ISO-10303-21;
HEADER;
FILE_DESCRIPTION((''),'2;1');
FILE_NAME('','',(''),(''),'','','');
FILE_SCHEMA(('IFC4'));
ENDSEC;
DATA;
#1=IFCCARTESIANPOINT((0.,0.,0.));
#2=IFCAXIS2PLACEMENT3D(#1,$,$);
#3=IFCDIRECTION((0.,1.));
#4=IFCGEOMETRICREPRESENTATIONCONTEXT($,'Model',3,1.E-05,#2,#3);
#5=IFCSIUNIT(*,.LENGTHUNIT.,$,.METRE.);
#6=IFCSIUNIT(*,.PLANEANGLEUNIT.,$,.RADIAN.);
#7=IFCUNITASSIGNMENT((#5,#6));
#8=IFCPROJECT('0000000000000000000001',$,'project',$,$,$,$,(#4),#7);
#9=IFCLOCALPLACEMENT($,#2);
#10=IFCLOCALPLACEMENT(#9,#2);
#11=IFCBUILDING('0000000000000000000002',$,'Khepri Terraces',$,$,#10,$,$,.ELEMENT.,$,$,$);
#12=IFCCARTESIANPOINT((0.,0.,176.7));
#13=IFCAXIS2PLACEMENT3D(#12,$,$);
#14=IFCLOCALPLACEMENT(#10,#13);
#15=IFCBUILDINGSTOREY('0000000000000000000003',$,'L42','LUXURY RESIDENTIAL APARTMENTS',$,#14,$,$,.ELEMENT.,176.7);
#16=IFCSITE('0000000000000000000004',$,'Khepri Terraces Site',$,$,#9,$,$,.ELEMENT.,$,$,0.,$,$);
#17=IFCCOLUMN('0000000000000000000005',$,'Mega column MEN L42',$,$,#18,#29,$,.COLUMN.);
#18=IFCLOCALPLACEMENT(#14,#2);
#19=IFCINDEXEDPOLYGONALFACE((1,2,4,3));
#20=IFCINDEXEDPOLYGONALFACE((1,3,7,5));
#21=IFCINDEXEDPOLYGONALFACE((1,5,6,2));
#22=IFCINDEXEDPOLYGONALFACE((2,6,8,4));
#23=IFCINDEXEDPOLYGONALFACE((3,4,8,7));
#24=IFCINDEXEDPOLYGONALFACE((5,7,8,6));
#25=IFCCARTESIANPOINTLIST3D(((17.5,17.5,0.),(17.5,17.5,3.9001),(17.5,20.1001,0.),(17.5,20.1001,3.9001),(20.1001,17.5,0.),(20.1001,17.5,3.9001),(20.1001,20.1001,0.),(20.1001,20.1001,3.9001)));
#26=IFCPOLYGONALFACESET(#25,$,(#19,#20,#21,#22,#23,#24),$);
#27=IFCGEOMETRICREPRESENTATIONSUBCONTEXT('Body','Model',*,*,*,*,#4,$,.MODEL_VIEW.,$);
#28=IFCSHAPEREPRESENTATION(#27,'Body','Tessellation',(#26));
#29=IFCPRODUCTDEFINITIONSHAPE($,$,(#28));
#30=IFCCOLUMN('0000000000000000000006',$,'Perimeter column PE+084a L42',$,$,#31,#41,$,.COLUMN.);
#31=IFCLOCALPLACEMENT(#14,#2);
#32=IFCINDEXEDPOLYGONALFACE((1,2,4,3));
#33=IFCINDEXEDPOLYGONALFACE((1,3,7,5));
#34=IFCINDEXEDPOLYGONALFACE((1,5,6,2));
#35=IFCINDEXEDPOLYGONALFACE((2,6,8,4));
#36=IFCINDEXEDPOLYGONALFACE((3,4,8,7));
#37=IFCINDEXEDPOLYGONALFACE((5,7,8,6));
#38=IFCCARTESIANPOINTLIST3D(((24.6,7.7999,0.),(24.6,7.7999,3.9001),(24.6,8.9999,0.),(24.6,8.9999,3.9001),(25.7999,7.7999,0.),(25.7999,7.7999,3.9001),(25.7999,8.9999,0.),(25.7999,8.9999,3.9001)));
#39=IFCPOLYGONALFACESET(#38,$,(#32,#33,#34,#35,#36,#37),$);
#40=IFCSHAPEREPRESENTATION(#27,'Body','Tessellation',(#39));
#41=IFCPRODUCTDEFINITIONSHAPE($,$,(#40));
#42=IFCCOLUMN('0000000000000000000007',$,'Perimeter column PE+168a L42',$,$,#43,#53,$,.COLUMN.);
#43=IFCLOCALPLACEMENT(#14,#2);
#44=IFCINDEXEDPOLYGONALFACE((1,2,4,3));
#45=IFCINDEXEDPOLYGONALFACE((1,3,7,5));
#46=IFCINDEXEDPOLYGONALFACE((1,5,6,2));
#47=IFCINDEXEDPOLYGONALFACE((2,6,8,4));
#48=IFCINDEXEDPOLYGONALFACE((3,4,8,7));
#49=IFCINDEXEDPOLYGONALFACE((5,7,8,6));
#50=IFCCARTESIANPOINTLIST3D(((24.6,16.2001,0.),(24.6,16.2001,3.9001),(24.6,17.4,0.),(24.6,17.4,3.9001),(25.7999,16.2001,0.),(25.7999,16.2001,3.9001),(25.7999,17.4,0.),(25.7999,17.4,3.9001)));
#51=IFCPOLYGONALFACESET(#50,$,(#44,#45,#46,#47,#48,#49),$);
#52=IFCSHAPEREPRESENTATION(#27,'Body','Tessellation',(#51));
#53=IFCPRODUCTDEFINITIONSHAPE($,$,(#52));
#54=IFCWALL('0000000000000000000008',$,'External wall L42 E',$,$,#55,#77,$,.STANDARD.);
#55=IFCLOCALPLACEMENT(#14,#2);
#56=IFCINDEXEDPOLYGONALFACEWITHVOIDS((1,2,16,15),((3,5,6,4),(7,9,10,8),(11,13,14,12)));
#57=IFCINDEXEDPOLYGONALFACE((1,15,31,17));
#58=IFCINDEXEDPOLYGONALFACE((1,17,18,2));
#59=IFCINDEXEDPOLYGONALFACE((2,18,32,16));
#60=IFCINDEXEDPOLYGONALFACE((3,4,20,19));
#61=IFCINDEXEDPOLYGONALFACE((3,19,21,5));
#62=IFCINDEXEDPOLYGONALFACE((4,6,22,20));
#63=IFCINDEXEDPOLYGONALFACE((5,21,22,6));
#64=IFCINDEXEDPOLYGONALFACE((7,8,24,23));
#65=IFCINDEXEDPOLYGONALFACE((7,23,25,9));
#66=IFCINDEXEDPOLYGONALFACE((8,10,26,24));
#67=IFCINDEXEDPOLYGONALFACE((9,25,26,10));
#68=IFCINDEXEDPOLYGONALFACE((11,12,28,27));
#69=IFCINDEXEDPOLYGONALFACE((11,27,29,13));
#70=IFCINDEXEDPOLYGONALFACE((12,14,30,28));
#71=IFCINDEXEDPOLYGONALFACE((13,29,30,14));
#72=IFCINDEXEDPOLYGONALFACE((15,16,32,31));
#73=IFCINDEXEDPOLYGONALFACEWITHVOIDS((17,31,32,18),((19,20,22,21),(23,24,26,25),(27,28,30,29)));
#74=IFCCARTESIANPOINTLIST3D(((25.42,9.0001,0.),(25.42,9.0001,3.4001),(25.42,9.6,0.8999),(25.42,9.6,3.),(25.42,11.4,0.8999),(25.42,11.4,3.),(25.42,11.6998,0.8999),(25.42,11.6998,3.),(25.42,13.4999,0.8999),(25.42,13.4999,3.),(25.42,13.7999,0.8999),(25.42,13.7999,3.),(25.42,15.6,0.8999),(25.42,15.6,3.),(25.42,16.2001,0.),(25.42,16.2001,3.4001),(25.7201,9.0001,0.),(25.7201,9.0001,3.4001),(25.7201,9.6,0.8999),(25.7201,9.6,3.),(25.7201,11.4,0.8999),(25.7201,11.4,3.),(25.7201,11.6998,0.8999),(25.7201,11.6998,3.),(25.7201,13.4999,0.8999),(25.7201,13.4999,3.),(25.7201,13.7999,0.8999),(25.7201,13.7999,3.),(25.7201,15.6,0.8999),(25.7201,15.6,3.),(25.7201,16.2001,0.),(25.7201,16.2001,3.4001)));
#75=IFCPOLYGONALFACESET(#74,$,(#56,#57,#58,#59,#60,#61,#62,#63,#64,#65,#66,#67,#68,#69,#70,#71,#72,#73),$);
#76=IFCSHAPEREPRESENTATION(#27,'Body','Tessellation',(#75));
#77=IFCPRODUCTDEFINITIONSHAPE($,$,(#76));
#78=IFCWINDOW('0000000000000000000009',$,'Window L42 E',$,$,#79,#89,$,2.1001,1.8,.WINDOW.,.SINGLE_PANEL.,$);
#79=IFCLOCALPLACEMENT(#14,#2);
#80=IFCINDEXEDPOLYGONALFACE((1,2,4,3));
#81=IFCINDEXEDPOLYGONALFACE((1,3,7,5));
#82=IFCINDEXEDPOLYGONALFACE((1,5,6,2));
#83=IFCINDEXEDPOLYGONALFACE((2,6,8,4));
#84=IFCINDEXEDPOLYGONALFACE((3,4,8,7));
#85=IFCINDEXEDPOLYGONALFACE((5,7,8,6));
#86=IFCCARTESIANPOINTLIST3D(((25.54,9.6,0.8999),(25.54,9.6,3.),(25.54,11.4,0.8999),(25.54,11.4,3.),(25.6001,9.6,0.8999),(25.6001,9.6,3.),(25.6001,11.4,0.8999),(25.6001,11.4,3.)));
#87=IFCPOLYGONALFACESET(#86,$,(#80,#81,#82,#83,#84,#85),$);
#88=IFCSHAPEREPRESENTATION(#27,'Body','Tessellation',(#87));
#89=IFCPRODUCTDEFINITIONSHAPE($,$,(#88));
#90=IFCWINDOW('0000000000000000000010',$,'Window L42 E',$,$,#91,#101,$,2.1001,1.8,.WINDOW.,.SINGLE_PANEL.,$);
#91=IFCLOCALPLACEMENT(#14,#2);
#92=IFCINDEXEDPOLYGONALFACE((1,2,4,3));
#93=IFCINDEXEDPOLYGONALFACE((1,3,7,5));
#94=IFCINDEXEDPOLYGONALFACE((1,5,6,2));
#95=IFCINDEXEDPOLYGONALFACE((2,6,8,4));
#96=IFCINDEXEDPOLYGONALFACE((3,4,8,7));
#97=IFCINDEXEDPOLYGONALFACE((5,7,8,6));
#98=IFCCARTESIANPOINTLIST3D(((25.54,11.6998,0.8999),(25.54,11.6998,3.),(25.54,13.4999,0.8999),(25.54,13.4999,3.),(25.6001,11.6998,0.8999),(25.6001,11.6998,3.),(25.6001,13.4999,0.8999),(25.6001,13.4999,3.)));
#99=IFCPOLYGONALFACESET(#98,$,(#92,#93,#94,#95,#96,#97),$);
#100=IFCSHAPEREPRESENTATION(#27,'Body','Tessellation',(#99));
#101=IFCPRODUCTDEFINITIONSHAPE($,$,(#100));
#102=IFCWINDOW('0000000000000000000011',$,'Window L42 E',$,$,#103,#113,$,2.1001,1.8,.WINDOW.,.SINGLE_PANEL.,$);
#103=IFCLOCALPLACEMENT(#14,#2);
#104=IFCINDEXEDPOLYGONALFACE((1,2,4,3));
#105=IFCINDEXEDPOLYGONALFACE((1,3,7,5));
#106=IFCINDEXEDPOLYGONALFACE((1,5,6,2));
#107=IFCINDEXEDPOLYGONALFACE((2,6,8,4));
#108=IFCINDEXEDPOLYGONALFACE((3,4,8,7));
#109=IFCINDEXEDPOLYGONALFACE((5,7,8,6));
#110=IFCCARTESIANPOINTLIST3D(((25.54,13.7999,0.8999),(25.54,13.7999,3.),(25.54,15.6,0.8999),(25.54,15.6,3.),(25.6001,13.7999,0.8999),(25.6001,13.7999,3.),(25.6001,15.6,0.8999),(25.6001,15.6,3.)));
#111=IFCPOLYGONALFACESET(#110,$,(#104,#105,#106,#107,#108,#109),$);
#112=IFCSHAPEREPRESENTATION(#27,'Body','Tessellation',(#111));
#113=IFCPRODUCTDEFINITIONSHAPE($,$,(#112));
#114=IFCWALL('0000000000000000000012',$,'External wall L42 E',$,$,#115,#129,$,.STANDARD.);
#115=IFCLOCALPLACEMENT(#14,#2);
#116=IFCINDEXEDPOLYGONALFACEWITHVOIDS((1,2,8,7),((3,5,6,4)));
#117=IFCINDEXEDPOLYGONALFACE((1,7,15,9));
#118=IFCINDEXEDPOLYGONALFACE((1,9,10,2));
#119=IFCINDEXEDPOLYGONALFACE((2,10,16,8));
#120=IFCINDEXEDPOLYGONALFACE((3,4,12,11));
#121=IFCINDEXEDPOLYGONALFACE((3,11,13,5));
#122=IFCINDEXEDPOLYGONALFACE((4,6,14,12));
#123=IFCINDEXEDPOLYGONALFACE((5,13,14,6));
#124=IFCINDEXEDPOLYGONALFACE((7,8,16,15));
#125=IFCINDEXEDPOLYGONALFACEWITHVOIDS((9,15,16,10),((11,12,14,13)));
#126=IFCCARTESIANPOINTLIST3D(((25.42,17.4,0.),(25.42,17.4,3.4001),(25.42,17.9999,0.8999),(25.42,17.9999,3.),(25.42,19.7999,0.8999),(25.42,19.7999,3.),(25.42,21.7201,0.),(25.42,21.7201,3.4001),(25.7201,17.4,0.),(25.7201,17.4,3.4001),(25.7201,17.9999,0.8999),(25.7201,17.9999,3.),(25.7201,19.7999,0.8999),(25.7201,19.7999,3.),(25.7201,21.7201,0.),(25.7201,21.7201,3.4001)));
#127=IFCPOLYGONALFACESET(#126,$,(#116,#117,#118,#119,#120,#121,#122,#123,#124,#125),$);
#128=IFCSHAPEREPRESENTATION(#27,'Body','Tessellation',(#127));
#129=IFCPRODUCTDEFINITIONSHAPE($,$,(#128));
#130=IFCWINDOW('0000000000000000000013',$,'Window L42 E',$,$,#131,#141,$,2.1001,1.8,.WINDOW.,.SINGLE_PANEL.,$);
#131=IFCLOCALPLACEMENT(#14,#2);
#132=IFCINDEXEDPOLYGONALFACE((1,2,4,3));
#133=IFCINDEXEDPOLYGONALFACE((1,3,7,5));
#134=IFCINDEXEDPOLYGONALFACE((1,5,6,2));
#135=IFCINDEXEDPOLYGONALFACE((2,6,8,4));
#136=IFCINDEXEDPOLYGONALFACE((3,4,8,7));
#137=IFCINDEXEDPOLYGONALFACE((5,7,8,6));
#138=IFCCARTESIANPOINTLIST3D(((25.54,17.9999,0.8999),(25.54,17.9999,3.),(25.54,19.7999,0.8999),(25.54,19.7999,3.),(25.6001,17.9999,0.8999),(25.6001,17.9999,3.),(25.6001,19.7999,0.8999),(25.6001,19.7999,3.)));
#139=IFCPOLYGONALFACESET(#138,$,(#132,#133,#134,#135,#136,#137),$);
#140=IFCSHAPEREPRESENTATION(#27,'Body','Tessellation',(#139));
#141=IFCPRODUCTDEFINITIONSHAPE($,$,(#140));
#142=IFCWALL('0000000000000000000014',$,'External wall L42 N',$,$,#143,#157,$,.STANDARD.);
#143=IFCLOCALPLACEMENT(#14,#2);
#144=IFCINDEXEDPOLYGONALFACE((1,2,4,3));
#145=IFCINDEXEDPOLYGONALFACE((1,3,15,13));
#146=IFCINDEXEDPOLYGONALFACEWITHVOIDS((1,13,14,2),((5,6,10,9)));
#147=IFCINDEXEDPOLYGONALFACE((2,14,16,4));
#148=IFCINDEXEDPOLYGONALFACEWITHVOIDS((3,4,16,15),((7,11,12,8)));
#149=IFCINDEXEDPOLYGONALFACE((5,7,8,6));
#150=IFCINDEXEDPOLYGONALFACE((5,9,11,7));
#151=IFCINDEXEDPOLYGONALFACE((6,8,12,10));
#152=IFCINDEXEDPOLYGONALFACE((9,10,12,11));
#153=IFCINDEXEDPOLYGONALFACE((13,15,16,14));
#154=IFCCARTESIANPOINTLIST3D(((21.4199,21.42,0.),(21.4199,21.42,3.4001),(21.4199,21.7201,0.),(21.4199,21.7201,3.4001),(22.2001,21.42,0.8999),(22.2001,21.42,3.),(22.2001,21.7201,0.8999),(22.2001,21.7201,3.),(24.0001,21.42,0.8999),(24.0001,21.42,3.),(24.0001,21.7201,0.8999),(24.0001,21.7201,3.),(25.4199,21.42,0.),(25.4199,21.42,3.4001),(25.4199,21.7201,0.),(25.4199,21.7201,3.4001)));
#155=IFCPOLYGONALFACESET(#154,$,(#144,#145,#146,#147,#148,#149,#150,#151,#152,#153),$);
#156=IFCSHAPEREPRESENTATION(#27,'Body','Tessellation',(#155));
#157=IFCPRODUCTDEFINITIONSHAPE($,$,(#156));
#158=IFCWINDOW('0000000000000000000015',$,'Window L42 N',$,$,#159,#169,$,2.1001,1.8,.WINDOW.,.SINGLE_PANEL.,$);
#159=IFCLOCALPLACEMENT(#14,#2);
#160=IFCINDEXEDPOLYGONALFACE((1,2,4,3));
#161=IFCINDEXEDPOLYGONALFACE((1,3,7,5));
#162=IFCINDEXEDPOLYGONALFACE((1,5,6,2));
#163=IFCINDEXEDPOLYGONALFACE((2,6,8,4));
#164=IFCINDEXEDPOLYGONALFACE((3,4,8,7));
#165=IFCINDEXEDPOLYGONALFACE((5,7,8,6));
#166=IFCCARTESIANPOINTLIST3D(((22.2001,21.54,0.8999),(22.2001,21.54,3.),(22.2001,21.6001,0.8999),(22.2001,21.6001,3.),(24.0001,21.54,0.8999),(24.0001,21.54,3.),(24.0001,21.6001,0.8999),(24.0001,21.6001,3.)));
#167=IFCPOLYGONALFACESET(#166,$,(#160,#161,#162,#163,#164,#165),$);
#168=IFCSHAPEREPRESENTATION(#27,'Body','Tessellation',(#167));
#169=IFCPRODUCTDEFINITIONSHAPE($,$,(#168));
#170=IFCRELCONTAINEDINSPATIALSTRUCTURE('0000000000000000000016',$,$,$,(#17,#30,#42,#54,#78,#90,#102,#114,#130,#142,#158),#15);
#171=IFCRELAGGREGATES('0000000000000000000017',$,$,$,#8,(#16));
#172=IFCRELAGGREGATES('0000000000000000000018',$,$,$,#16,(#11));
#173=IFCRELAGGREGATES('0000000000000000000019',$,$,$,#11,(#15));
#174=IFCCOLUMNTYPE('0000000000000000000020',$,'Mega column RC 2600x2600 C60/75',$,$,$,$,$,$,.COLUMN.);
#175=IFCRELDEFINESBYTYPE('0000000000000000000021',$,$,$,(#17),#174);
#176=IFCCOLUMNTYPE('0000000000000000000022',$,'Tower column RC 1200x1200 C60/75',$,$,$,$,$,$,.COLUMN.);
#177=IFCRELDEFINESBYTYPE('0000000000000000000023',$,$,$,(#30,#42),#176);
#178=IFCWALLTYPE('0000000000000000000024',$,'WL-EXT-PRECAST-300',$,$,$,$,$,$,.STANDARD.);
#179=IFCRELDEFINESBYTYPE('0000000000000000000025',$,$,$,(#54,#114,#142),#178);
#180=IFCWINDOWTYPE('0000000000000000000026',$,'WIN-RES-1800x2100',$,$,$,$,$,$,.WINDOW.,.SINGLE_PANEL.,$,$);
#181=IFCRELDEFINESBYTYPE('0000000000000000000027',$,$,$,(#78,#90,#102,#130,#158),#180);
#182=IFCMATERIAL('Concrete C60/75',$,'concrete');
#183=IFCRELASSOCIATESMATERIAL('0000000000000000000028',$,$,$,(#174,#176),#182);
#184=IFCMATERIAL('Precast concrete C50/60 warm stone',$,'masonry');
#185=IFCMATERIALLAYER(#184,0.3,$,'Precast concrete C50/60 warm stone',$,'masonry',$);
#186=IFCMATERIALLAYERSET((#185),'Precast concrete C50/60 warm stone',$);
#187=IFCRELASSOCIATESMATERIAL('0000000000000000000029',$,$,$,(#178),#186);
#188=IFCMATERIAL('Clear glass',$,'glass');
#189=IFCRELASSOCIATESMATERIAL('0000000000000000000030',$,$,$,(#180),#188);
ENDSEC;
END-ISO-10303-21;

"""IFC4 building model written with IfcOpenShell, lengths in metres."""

from ifc_helpers import new_model, si_unit, direction, frame, frame_2d, origin, origin_2d, place, context, subcontext, project, spatial, rectangle, extrude, material, layer, layer_set, material_profile, profile_set, type_object, element, fill, save


model = new_model("IFC4")

# Units and contexts
model_context = context("Model", 3, precision=1e-05, world=origin(), true_north=direction((0.0, 1.0)))
body_context = subcontext(model_context, "Body", "Model", "MODEL_VIEW")
ifc_project = project(units=[si_unit("LENGTHUNIT", "METRE"), si_unit("PLANEANGLEUNIT", "RADIAN")], contexts=[model_context])

# Site, building, storey
site_placement = place(None, origin())
site = spatial("IfcSite", under=ifc_project, at=site_placement, Name="Khepri Terraces Site", CompositionType="ELEMENT", RefElevation=0.0)
building_placement = place(site_placement, origin())
building = spatial("IfcBuilding", under=site, at=building_placement, Name="Khepri Terraces", CompositionType="ELEMENT")
storey_placement = place(building_placement, frame((0.0, 0.0, 176.7)))
storey = spatial("IfcBuildingStorey", under=building, at=storey_placement, Name="L42", Description="LUXURY RESIDENTIAL APARTMENTS", CompositionType="ELEMENT", Elevation=176.7)

# Columns
ifc_material_1 = material(Name="Concrete C60/75", Category="concrete")
ifc_material_profile_1 = material_profile(ifc_material_1, rectangle(XDim=2.6001, YDim=2.6001, at=origin_2d()), Name="Concrete C60/75", Category="concrete")
ifc_profile_set_1 = profile_set([ifc_material_profile_1], Name="Concrete C60/75")
column_type_1 = type_object("IfcColumnType", Name="Mega column RC 2600x2600 C60/75", PredefinedType="COLUMN", material=ifc_profile_set_1)
column_placement = place(storey_placement, frame((18.8, 18.8, 0.0), z_axis=(0.0, 0.0, 1.0), x_axis=(1.0, 0.0, 0.0)))
element("IfcColumn", 1, at=column_placement, inside=storey, type_object=column_type_1, Name="Mega column MEN L42", PredefinedType="COLUMN", context=body_context, shape_type="SweptSolid", body=[
    extrude(rectangle(XDim=2.6001, YDim=2.6001, at=origin_2d()), origin(), (0.0, 0.0, 1.0), 3.9001),
])
ifc_material_profile_2 = material_profile(ifc_material_1, rectangle(XDim=1.2, YDim=1.2, at=origin_2d()), Name="Concrete C60/75", Category="concrete")
ifc_profile_set_2 = profile_set([ifc_material_profile_2], Name="Concrete C60/75")
column_type_2 = type_object("IfcColumnType", Name="Tower column RC 1200x1200 C60/75", PredefinedType="COLUMN", material=ifc_profile_set_2)
for number, where, z_axis, x_axis, name in (
    (2, (25.2, 8.3999, 0.0), (0.0, 0.0, 1.0), (1.0, 0.0, 0.0), "Perimeter column PE+084a L42"),
    (3, (25.2, 16.8, 0.0), (0.0, 0.0, 1.0), (1.0, 0.0, 0.0), "Perimeter column PE+168a L42"),
):
    element("IfcColumn", number, at=place(storey_placement, frame(where, z_axis=z_axis, x_axis=x_axis)), inside=storey, type_object=column_type_2, Name=name, PredefinedType="COLUMN", context=body_context, shape_type="SweptSolid", body=[
        extrude(rectangle(XDim=1.2, YDim=1.2, at=origin_2d()), origin(), (0.0, 0.0, 1.0), 3.9001),
    ])

# Wall, openings, windows
ifc_material_2 = material(Name="Precast concrete C50/60 warm stone", Category="masonry")
ifc_layer_1 = layer(ifc_material_2, 0.3, Name="Precast concrete C50/60 warm stone", Category="masonry")
ifc_layer_set_1 = layer_set([ifc_layer_1], Name="Precast concrete C50/60 warm stone")
wall_type_1 = type_object("IfcWallType", Name="WL-EXT-PRECAST-300", PredefinedType="STANDARD", material=ifc_layer_set_1)
wall_1_placement = place(storey_placement, frame((25.5701, 9.0, 0.0), z_axis=(0.0, 0.0, 1.0), x_axis=(0.0, 1.0, 0.0)))
wall_1 = element("IfcWall", 4, at=wall_1_placement, inside=storey, type_object=wall_type_1, Name="External wall L42 E", PredefinedType="STANDARD", context=body_context, shape_type="SweptSolid", body=[
    extrude(rectangle(XDim=7.2, YDim=0.3, at=frame_2d((3.6001, 0.0))), origin(), (0.0, 0.0, 1.0), 3.4001),
])
opening_1_placement = place(wall_1_placement, frame((0.6001, 0.0, 0.8999)))
opening_1 = element("IfcOpeningElement", 5, at=opening_1_placement, cuts=wall_1, PredefinedType="OPENING", context=body_context, shape_type="SweptSolid", body=[
    extrude(rectangle(XDim=1.8, YDim=2.1001, at=frame_2d((0.8999, 1.05))), frame((0.0, 0.1602, 0.0), z_axis=(0.0, -1.0, 0.0), x_axis=(1.0, 0.0, 0.0)), (0.0, 0.0, 1.0), 0.3201),
])
opening_2_placement = place(wall_1_placement, frame((2.7, 0.0, 0.8999)))
opening_2 = element("IfcOpeningElement", 6, at=opening_2_placement, cuts=wall_1, PredefinedType="OPENING", context=body_context, shape_type="SweptSolid", body=[
    extrude(rectangle(XDim=1.8, YDim=2.1001, at=frame_2d((0.8999, 1.05))), frame((0.0, 0.1602, 0.0), z_axis=(0.0, -1.0, 0.0), x_axis=(1.0, 0.0, 0.0)), (0.0, 0.0, 1.0), 0.3201),
])
opening_3_placement = place(wall_1_placement, frame((4.8, 0.0, 0.8999)))
opening_3 = element("IfcOpeningElement", 7, at=opening_3_placement, cuts=wall_1, PredefinedType="OPENING", context=body_context, shape_type="SweptSolid", body=[
    extrude(rectangle(XDim=1.8, YDim=2.1001, at=frame_2d((0.8999, 1.05))), frame((0.0, 0.1602, 0.0), z_axis=(0.0, -1.0, 0.0), x_axis=(1.0, 0.0, 0.0)), (0.0, 0.0, 1.0), 0.3201),
])
ifc_material_3 = material(Name="Clear glass", Category="glass")
window_type = type_object("IfcWindowType", Name="WIN-RES-1800x2100", PartitioningType="SINGLE_PANEL", PredefinedType="WINDOW", material=ifc_material_3)
window_1_placement = place(opening_1_placement, origin())
window_1 = element("IfcWindow", 8, at=window_1_placement, inside=storey, type_object=window_type, Name="Window L42 E", OverallHeight=2.1001, OverallWidth=1.8, PartitioningType="SINGLE_PANEL", PredefinedType="WINDOW", context=body_context, shape_type="SweptSolid", body=[
    extrude(rectangle(XDim=1.8, YDim=2.1001, at=frame_2d((0.8999, 1.05))), frame((0.0, 0.03, 0.0), z_axis=(0.0, -1.0, 0.0), x_axis=(1.0, 0.0, 0.0)), (0.0, 0.0, 1.0), 0.0601),
])
fill(opening_1, window_1)
window_2_placement = place(opening_2_placement, origin())
window_2 = element("IfcWindow", 9, at=window_2_placement, inside=storey, type_object=window_type, Name="Window L42 E", OverallHeight=2.1001, OverallWidth=1.8, PartitioningType="SINGLE_PANEL", PredefinedType="WINDOW", context=body_context, shape_type="SweptSolid", body=[
    extrude(rectangle(XDim=1.8, YDim=2.1001, at=frame_2d((0.8999, 1.05))), frame((0.0, 0.03, 0.0), z_axis=(0.0, -1.0, 0.0), x_axis=(1.0, 0.0, 0.0)), (0.0, 0.0, 1.0), 0.0601),
])
fill(opening_2, window_2)
window_3_placement = place(opening_3_placement, origin())
window_3 = element("IfcWindow", 10, at=window_3_placement, inside=storey, type_object=window_type, Name="Window L42 E", OverallHeight=2.1001, OverallWidth=1.8, PartitioningType="SINGLE_PANEL", PredefinedType="WINDOW", context=body_context, shape_type="SweptSolid", body=[
    extrude(rectangle(XDim=1.8, YDim=2.1001, at=frame_2d((0.8999, 1.05))), frame((0.0, 0.03, 0.0), z_axis=(0.0, -1.0, 0.0), x_axis=(1.0, 0.0, 0.0)), (0.0, 0.0, 1.0), 0.0601),
])
fill(opening_3, window_3)

# Walls, openings, windows
wall_2_placement = place(storey_placement, frame((25.5701, 17.3999, 0.0), z_axis=(0.0, 0.0, 1.0), x_axis=(0.0, 1.0, 0.0)))
wall_2 = element("IfcWall", 11, at=wall_2_placement, inside=storey, type_object=wall_type_1, Name="External wall L42 E", PredefinedType="STANDARD", context=body_context, shape_type="SweptSolid", body=[
    extrude(rectangle(XDim=4.3201, YDim=0.3, at=frame_2d((2.1602, 0.0))), origin(), (0.0, 0.0, 1.0), 3.4001),
])
opening_4_placement = place(wall_2_placement, frame((0.6001, 0.0, 0.8999)))
opening_4 = element("IfcOpeningElement", 12, at=opening_4_placement, cuts=wall_2, PredefinedType="OPENING", context=body_context, shape_type="SweptSolid", body=[
    extrude(rectangle(XDim=1.8, YDim=2.1001, at=frame_2d((0.8999, 1.05))), frame((0.0, 0.1602, 0.0), z_axis=(0.0, -1.0, 0.0), x_axis=(1.0, 0.0, 0.0)), (0.0, 0.0, 1.0), 0.3201),
])
window_4_placement = place(opening_4_placement, origin())
window_4 = element("IfcWindow", 13, at=window_4_placement, inside=storey, type_object=window_type, Name="Window L42 E", OverallHeight=2.1001, OverallWidth=1.8, PartitioningType="SINGLE_PANEL", PredefinedType="WINDOW", context=body_context, shape_type="SweptSolid", body=[
    extrude(rectangle(XDim=1.8, YDim=2.1001, at=frame_2d((0.8999, 1.05))), frame((0.0, 0.03, 0.0), z_axis=(0.0, -1.0, 0.0), x_axis=(1.0, 0.0, 0.0)), (0.0, 0.0, 1.0), 0.0601),
])
fill(opening_4, window_4)
wall_3_placement = place(storey_placement, frame((25.4199, 21.5701, 0.0), z_axis=(0.0, 0.0, 1.0), x_axis=(-1.0, 0.0, 0.0)))
wall_3 = element("IfcWall", 14, at=wall_3_placement, inside=storey, type_object=wall_type_1, Name="External wall L42 N", PredefinedType="STANDARD", context=body_context, shape_type="SweptSolid", body=[
    extrude(rectangle(XDim=4.0, YDim=0.3, at=frame_2d((2.0, 0.0))), origin(), (0.0, 0.0, 1.0), 3.4001),
])
opening_5_placement = place(wall_3_placement, frame((1.4199, 0.0, 0.8999)))
opening_5 = element("IfcOpeningElement", 15, at=opening_5_placement, cuts=wall_3, PredefinedType="OPENING", context=body_context, shape_type="SweptSolid", body=[
    extrude(rectangle(XDim=1.8, YDim=2.1001, at=frame_2d((0.8999, 1.05))), frame((0.0, 0.1602, 0.0), z_axis=(0.0, -1.0, 0.0), x_axis=(1.0, 0.0, 0.0)), (0.0, 0.0, 1.0), 0.3201),
])
window_5_placement = place(opening_5_placement, origin())
window_5 = element("IfcWindow", 16, at=window_5_placement, inside=storey, type_object=window_type, Name="Window L42 N", OverallHeight=2.1001, OverallWidth=1.8, PartitioningType="SINGLE_PANEL", PredefinedType="WINDOW", context=body_context, shape_type="SweptSolid", body=[
    extrude(rectangle(XDim=1.8, YDim=2.1001, at=frame_2d((0.8999, 1.05))), frame((0.0, 0.03, 0.0), z_axis=(0.0, -1.0, 0.0), x_axis=(1.0, 0.0, 0.0)), (0.0, 0.0, 1.0), 0.0601),
])
fill(opening_5, window_5)

save(model, "model.ifc")
